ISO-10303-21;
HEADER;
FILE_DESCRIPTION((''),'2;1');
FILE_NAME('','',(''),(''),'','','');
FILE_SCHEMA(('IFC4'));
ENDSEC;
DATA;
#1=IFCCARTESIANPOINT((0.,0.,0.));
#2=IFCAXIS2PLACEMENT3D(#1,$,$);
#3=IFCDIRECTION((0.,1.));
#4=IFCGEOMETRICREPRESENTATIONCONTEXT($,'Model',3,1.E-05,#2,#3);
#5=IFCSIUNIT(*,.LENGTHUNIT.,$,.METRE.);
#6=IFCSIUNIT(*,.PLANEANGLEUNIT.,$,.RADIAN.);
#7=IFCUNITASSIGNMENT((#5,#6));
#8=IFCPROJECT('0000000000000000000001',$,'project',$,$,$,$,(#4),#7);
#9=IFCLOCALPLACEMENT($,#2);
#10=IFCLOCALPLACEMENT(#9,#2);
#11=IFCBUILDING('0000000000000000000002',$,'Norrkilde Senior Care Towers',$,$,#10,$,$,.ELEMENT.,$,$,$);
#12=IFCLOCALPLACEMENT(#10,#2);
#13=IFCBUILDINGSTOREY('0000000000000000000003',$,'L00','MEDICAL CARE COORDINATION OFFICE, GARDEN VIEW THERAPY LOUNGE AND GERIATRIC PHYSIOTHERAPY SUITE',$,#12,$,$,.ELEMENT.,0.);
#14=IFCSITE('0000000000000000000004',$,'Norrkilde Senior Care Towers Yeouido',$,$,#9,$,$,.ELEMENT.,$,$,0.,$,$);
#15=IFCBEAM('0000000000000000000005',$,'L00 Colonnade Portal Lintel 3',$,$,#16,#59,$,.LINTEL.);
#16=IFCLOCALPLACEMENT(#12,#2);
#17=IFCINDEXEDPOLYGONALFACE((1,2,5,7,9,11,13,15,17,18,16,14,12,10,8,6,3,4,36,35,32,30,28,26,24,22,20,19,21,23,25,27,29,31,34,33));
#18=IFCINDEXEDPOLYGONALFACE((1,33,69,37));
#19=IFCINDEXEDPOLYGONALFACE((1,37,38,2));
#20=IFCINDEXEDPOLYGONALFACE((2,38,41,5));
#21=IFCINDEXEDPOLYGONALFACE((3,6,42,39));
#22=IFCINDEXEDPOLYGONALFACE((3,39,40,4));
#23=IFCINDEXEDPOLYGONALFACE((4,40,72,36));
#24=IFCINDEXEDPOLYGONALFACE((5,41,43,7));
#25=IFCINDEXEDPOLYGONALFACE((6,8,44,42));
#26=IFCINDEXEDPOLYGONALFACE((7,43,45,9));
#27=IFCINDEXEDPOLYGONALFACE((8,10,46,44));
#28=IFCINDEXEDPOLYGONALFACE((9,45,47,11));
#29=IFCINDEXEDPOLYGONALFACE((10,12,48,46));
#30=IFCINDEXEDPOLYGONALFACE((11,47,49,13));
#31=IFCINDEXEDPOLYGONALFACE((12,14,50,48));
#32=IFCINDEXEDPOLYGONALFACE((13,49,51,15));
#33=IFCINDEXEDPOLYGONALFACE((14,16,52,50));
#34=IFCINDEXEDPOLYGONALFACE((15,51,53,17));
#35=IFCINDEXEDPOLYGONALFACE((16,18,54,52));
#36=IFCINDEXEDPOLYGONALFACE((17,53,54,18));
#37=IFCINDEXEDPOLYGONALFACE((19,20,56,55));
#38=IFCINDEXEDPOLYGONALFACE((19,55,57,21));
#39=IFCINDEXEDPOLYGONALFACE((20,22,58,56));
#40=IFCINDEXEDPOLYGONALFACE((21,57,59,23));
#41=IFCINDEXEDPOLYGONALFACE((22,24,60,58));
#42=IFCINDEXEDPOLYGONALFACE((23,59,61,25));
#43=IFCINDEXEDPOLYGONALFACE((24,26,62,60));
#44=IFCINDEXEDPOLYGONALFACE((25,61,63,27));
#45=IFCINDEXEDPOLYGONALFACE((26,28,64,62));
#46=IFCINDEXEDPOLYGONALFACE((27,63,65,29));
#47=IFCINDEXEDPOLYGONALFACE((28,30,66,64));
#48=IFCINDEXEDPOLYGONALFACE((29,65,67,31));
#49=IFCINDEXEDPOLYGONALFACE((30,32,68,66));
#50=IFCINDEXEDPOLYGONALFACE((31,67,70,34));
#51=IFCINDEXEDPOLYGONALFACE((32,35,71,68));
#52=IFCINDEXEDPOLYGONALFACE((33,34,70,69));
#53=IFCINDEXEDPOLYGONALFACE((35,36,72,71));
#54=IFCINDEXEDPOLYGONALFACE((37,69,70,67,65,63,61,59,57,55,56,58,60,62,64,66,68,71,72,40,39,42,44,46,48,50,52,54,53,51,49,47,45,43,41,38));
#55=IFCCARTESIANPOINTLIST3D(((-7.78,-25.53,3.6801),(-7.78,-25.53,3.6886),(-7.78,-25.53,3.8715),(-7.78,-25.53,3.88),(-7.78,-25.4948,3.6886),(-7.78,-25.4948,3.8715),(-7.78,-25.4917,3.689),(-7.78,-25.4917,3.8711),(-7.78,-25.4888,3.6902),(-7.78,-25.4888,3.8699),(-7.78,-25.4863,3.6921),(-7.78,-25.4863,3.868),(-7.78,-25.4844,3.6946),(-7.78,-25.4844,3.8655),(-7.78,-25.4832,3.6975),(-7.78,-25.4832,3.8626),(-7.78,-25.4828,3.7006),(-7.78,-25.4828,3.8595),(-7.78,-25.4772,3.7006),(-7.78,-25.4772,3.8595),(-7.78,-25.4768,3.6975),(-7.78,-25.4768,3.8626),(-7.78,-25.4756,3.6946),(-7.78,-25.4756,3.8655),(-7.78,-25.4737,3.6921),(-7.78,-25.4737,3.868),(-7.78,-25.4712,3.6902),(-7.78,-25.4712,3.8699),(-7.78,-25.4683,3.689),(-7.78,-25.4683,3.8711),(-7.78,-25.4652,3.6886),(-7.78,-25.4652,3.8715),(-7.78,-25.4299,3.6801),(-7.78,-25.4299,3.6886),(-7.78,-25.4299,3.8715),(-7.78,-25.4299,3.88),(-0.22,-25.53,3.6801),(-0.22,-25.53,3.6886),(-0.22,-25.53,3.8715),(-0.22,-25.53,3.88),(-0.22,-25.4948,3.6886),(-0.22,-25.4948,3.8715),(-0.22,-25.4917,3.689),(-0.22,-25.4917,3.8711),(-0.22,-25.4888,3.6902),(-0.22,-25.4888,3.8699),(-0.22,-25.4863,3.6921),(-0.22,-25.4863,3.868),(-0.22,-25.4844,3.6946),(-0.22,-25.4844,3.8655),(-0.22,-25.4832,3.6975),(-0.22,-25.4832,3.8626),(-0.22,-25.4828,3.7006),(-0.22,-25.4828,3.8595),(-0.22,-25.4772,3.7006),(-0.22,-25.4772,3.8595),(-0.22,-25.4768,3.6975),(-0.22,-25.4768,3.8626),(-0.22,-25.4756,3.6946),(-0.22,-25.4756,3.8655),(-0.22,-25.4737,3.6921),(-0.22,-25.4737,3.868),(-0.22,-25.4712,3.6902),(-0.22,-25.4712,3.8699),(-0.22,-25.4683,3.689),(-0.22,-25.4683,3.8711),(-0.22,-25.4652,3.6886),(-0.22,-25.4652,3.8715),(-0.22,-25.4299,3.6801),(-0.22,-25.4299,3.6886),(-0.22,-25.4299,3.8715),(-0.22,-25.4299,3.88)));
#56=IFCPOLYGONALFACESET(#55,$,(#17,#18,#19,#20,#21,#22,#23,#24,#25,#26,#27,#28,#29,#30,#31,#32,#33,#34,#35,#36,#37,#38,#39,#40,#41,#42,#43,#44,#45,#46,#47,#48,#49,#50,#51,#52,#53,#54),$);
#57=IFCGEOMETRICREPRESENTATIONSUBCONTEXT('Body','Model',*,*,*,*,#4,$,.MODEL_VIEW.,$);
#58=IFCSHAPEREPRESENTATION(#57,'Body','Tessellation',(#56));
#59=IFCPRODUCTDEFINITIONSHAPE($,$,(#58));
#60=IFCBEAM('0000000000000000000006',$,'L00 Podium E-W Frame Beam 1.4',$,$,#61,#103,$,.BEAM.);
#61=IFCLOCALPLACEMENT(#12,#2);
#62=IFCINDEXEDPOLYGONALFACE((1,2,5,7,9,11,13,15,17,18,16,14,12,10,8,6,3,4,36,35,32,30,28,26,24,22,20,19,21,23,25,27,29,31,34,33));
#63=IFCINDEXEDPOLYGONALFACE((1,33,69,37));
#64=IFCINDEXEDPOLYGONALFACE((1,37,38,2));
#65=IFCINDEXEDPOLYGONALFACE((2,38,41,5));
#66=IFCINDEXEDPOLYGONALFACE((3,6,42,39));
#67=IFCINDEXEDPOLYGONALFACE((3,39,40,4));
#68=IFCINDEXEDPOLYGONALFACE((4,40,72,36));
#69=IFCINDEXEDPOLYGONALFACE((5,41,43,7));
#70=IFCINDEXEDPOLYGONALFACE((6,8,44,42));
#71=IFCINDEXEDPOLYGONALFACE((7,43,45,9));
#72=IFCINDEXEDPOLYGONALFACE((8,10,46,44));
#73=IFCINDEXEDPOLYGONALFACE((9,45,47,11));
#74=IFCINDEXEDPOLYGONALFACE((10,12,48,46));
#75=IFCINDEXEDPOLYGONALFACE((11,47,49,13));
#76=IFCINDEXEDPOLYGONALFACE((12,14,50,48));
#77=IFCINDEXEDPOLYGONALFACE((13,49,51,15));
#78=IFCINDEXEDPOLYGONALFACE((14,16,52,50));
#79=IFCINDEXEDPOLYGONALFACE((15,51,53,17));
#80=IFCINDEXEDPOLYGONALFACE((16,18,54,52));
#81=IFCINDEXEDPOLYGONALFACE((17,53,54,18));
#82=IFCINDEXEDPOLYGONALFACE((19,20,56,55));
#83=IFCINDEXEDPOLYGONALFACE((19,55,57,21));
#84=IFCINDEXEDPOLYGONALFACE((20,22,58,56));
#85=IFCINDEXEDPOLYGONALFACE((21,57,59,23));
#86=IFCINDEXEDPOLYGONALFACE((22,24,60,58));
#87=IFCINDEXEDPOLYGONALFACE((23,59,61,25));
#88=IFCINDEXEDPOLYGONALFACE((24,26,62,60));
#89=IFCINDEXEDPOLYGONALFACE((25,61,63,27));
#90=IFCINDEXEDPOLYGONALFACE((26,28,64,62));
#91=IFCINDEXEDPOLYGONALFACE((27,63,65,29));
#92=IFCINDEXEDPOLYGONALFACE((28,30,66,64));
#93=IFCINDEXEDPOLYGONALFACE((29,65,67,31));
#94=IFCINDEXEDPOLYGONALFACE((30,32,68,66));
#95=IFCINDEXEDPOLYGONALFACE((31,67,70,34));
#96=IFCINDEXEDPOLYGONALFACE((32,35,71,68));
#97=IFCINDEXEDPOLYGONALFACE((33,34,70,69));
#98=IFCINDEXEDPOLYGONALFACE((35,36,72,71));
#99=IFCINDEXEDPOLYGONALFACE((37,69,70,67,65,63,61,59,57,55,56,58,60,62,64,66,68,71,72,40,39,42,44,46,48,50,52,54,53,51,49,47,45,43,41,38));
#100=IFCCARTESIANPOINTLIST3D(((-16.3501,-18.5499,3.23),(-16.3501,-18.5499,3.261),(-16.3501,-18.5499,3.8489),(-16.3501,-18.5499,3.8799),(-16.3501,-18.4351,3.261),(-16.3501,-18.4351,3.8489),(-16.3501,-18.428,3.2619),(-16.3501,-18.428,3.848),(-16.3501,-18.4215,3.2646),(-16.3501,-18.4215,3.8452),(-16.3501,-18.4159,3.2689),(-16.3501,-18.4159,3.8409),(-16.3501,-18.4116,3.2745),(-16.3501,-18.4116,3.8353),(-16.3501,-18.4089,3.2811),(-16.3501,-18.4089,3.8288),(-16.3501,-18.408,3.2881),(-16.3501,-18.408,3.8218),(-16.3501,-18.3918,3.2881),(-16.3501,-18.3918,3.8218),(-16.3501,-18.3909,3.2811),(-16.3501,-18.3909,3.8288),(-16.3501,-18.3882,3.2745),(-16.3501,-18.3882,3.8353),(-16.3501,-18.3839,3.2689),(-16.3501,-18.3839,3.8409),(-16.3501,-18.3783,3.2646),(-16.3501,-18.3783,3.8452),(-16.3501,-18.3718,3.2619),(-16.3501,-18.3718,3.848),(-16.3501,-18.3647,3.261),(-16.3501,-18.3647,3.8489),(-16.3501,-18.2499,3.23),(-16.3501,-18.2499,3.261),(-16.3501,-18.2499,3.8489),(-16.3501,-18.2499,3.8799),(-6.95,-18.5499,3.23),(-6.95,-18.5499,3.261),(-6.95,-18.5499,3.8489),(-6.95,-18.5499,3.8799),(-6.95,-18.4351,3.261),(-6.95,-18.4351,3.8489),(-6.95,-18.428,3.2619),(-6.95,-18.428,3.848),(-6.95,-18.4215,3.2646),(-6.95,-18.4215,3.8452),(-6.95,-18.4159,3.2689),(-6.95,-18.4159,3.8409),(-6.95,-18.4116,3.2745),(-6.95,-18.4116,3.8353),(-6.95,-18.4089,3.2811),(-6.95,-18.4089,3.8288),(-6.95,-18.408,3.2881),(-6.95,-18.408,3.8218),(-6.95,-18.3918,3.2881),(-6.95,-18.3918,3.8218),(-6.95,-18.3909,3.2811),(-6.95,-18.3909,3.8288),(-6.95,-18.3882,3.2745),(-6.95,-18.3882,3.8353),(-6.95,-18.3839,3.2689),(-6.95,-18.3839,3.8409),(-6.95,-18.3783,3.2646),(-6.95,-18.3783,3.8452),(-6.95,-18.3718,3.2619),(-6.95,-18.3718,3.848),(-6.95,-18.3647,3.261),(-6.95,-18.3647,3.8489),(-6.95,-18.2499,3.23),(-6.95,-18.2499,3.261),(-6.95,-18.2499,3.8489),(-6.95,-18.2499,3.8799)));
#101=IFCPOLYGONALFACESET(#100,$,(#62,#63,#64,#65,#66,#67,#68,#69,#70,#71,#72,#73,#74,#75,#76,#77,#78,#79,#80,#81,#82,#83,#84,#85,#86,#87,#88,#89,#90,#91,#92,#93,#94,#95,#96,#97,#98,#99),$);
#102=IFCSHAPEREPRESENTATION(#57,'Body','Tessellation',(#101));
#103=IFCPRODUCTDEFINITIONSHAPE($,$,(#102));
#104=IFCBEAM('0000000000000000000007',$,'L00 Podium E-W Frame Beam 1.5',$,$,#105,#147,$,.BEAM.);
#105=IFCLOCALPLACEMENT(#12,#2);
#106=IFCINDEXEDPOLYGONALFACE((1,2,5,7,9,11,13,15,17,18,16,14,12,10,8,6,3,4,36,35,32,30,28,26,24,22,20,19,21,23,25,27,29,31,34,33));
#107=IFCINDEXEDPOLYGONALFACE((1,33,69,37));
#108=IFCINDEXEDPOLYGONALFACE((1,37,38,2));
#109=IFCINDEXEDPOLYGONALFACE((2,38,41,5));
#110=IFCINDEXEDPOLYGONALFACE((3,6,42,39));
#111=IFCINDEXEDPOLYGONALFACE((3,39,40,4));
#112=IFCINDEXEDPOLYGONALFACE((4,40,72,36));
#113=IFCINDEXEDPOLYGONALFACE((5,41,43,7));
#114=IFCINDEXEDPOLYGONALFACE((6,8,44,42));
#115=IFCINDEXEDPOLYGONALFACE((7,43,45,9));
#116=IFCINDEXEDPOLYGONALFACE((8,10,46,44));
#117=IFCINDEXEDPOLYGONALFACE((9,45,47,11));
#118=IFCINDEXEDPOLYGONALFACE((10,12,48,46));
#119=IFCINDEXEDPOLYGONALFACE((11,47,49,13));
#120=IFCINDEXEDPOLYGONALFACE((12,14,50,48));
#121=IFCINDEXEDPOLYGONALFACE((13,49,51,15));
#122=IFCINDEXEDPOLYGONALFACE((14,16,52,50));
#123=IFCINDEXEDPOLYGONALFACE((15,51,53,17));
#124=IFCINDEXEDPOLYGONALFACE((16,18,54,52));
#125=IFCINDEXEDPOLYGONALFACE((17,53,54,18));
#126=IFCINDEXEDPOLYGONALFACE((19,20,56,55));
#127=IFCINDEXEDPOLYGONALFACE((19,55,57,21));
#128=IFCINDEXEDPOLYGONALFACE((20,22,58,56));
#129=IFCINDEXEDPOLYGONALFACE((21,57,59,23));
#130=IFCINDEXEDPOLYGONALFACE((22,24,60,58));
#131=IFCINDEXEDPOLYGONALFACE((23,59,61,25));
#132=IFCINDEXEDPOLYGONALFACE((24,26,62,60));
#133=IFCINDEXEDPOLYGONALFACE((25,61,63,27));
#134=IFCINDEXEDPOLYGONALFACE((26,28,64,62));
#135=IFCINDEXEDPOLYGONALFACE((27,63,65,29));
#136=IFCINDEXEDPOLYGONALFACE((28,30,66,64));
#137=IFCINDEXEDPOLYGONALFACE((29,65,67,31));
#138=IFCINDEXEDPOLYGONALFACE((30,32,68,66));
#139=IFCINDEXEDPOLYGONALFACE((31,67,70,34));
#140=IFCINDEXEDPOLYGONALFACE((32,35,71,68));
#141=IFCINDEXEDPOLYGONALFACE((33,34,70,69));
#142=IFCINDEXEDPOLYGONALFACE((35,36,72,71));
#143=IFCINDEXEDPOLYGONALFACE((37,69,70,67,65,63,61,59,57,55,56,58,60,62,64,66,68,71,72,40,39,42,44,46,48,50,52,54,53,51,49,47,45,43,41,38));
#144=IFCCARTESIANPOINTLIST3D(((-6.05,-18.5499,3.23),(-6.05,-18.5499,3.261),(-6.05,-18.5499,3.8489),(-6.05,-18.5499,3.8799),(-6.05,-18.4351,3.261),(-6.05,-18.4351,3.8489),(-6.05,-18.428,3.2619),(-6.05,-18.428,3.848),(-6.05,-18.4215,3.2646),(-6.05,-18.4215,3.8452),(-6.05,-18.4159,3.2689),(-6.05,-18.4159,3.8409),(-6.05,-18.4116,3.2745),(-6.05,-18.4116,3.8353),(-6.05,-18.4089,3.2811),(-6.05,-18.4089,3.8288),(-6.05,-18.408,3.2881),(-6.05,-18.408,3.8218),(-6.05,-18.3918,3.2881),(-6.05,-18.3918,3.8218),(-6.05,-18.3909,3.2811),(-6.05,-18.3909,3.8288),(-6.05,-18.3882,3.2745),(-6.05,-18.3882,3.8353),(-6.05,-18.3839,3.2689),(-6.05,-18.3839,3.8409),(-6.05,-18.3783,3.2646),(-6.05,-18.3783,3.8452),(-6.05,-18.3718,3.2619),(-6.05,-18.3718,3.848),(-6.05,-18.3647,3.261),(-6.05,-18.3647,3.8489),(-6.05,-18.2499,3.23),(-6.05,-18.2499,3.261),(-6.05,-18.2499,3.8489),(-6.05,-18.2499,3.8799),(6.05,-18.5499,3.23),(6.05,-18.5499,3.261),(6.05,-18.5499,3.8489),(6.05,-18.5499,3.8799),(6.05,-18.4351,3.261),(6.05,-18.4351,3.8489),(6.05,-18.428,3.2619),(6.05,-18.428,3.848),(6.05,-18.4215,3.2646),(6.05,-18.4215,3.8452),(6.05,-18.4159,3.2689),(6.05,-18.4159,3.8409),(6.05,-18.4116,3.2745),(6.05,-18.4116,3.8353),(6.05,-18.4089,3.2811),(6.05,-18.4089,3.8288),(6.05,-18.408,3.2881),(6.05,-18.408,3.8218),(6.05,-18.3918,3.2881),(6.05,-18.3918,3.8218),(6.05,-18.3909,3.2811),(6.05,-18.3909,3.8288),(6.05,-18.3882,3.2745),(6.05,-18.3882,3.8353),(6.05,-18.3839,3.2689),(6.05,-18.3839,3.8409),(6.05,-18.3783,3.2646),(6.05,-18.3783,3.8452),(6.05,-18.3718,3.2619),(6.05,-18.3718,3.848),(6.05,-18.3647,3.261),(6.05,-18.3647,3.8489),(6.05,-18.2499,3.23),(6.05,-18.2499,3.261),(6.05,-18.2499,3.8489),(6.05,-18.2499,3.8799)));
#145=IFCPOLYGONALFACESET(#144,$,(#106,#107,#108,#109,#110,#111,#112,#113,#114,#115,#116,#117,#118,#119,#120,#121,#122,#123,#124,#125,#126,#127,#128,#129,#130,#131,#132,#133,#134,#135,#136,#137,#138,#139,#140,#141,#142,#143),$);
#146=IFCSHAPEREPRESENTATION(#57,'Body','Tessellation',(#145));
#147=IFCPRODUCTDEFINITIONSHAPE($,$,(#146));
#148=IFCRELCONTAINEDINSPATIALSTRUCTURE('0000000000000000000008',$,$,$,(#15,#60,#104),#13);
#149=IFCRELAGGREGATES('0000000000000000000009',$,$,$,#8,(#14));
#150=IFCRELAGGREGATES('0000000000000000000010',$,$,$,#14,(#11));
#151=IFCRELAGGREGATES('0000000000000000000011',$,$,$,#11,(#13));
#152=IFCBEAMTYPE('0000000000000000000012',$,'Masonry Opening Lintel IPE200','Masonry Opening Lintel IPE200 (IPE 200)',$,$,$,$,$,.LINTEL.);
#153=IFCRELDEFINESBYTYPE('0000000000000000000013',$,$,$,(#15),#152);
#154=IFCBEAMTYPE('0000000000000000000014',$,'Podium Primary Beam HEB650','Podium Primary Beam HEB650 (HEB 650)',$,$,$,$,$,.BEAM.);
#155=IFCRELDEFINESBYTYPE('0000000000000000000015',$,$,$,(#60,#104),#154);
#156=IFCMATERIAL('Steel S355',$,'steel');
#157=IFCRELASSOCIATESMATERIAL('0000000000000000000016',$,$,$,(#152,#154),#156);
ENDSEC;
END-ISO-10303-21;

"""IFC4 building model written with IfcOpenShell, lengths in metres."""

from ifc_helpers import new_model, si_unit, direction, frame, origin, origin_2d, place, context, subcontext, project, spatial, i_section, extrude, source, transform, mapped, material, material_profile, profile_set, type_object, type_shapes, element, save


model = new_model("IFC4")

# Units and contexts
model_context = context("Model", 3, precision=1e-05, world=origin(), true_north=direction((0.0, 1.0)))
body_context = subcontext(model_context, "Body", "Model", "MODEL_VIEW")
ifc_project = project(units=[si_unit("LENGTHUNIT", "METRE"), si_unit("PLANEANGLEUNIT", "RADIAN")], contexts=[model_context])

# Site, building, storey
site_placement = place(None, origin())
site = spatial("IfcSite", under=ifc_project, at=site_placement, Name="Norrkilde Senior Care Towers Yeouido", CompositionType="ELEMENT", RefElevation=0.0)
building_placement = place(site_placement, origin())
building = spatial("IfcBuilding", under=site, at=building_placement, Name="Norrkilde Senior Care Towers", CompositionType="ELEMENT")
storey_placement = place(building_placement, origin())
storey = spatial("IfcBuildingStorey", under=building, at=storey_placement, Name="L00", Description="MEDICAL CARE COORDINATION OFFICE, GARDEN VIEW THERAPY LOUNGE AND GERIATRIC PHYSIOTHERAPY SUITE", CompositionType="ELEMENT", Elevation=0.0)

# Beams
ifc_material_1 = material(Name="Steel S355", Category="steel")
ifc_material_profile_1 = material_profile(ifc_material_1, i_section(OverallWidth=0.1001, OverallDepth=0.2, WebThickness=0.0056, FlangeThickness=0.0085, FilletRadius=0.012, at=origin_2d()), Name="IPE 200")
ifc_profile_set_1 = profile_set([ifc_material_profile_1], Name="Steel S355")
beam_type_1 = type_object("IfcBeamType", Name="Masonry Opening Lintel IPE200", Description="Masonry Opening Lintel IPE200 (IPE 200)", PredefinedType="LINTEL", material=ifc_profile_set_1)
shared_shape_1 = source(origin(), body_context, "Body", "SweptSolid", [
    extrude(i_section(OverallWidth=0.1001, OverallDepth=0.2, WebThickness=0.0056, FlangeThickness=0.0085, FilletRadius=0.012, at=origin_2d()), origin(), (0.0, 0.0, 1.0), 7.5601),
])
type_shapes(beam_type_1, [shared_shape_1])
for number, where, z_axis, x_axis, name in (
    (1, (-7.78, -25.48, 3.78), (1.0, 0.0, 0.0), (0.0, 1.0, 0.0), "L00 Colonnade Portal Lintel 3"),
):
    element("IfcBeam", number, at=place(storey_placement, frame(where, z_axis=z_axis, x_axis=x_axis)), inside=storey, type_object=beam_type_1, Name=name, PredefinedType="LINTEL", context=body_context, shape_type="MappedRepresentation", body=[
        mapped(shared_shape_1, transform((0.0, 0.0, 0.0), x_axis=(1.0, 0.0, 0.0), y_axis=(0.0, 1.0, 0.0), z_axis=(0.0, 0.0, 1.0), scale=1.0)),
    ])
ifc_material_profile_2 = material_profile(ifc_material_1, i_section(OverallWidth=0.3, OverallDepth=0.6499, WebThickness=0.0161, FlangeThickness=0.031, FilletRadius=0.0271, at=origin_2d()), Name="HEB 650")
ifc_profile_set_2 = profile_set([ifc_material_profile_2], Name="Steel S355")
beam_type_2 = type_object("IfcBeamType", Name="Podium Primary Beam HEB650", Description="Podium Primary Beam HEB650 (HEB 650)", PredefinedType="BEAM", material=ifc_profile_set_2)
shared_shape_2 = source(origin(), body_context, "Body", "SweptSolid", [
    extrude(i_section(OverallWidth=0.3, OverallDepth=0.6499, WebThickness=0.0161, FlangeThickness=0.031, FilletRadius=0.0271, at=origin_2d()), origin(), (0.0, 0.0, 1.0), 9.4001),
])
beam_1_placement = place(storey_placement, frame((-16.3501, -18.3999, 3.5549), z_axis=(1.0, 0.0, 0.0), x_axis=(0.0, 1.0, 0.0)))
element("IfcBeam", 2, at=beam_1_placement, inside=storey, type_object=beam_type_2, Name="L00 Podium E-W Frame Beam 1.4", PredefinedType="BEAM", context=body_context, shape_type="MappedRepresentation", body=[
    mapped(shared_shape_2, transform((0.0, 0.0, 0.0), x_axis=(1.0, 0.0, 0.0), y_axis=(0.0, 1.0, 0.0), z_axis=(0.0, 0.0, 1.0), scale=1.0)),
])
shared_shape_3 = source(origin(), body_context, "Body", "SweptSolid", [
    extrude(i_section(OverallWidth=0.3, OverallDepth=0.6499, WebThickness=0.0161, FlangeThickness=0.031, FilletRadius=0.0271, at=origin_2d()), origin(), (0.0, 0.0, 1.0), 12.1001),
])
beam_2_placement = place(storey_placement, frame((-6.05, -18.3999, 3.5549), z_axis=(1.0, 0.0, 0.0), x_axis=(0.0, 1.0, 0.0)))
element("IfcBeam", 3, at=beam_2_placement, inside=storey, type_object=beam_type_2, Name="L00 Podium E-W Frame Beam 1.5", PredefinedType="BEAM", context=body_context, shape_type="MappedRepresentation", body=[
    mapped(shared_shape_3, transform((0.0, 0.0, 0.0), x_axis=(1.0, 0.0, 0.0), y_axis=(0.0, 1.0, 0.0), z_axis=(0.0, 0.0, 1.0), scale=1.0)),
])

save(model, "model.ifc")
